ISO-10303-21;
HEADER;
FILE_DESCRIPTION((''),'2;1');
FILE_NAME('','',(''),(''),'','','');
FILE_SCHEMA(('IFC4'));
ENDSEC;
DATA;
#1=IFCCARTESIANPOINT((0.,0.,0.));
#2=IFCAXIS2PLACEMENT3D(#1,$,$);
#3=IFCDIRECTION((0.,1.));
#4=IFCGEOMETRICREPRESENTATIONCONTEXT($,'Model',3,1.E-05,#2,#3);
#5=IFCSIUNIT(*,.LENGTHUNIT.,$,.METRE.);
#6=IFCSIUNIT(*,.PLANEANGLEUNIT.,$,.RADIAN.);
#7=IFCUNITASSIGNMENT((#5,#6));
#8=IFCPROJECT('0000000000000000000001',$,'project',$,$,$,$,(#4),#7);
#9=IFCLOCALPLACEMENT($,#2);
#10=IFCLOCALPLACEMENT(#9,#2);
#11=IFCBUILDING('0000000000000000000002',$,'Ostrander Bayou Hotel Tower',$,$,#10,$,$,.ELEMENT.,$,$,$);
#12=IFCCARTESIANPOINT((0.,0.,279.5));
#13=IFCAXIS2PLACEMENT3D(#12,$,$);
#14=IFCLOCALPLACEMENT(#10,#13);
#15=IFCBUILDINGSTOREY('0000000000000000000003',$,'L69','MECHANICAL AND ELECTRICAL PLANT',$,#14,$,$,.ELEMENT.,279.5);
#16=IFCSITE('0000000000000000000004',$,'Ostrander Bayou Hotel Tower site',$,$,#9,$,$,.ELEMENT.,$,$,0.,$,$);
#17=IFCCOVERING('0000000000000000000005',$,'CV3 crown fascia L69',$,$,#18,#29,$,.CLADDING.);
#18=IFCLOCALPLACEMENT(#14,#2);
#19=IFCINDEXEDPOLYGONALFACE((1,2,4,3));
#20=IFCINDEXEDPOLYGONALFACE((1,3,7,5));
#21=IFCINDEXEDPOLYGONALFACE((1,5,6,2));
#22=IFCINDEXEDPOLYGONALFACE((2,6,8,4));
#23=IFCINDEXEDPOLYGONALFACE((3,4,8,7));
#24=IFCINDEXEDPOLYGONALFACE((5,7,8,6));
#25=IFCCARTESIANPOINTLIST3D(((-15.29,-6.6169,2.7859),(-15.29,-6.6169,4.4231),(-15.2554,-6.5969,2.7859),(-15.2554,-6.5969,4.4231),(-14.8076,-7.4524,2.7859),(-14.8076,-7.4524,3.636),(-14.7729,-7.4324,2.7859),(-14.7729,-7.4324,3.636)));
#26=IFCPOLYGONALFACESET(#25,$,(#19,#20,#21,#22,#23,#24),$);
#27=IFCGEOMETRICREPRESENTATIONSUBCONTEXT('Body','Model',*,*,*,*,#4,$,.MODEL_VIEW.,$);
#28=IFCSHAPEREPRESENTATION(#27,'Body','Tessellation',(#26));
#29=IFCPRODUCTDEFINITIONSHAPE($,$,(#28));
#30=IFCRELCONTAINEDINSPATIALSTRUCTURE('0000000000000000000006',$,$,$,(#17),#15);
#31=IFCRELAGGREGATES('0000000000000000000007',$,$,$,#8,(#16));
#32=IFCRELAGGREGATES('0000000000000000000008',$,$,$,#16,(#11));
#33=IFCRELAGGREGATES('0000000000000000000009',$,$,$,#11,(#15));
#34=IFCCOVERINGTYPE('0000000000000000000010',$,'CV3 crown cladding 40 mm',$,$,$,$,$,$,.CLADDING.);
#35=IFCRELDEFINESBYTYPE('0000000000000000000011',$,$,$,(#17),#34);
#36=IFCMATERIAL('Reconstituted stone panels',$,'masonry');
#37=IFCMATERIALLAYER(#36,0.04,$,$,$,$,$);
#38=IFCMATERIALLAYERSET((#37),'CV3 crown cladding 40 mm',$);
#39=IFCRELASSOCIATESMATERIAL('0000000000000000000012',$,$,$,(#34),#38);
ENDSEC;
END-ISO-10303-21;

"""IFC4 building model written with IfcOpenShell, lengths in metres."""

from ifc_helpers import new_model, si_unit, direction, frame, origin, place, context, subcontext, project, spatial, polyline, outline, extrude, material, layer, layer_set, type_object, element, save


model = new_model("IFC4")

# Units and contexts
model_context = context("Model", 3, precision=1e-05, world=origin(), true_north=direction((0.0, 1.0)))
body_context = subcontext(model_context, "Body", "Model", "MODEL_VIEW")
ifc_project = project(units=[si_unit("LENGTHUNIT", "METRE"), si_unit("PLANEANGLEUNIT", "RADIAN")], contexts=[model_context])

# Site, building, storey
site_placement = place(None, origin())
site = spatial("IfcSite", under=ifc_project, at=site_placement, Name="Ostrander Bayou Hotel Tower site", CompositionType="ELEMENT", RefElevation=0.0)
building_placement = place(site_placement, origin())
building = spatial("IfcBuilding", under=site, at=building_placement, Name="Ostrander Bayou Hotel Tower", CompositionType="ELEMENT")
storey_placement = place(building_placement, frame((0.0, 0.0, 279.5)))
storey = spatial("IfcBuildingStorey", under=building, at=storey_placement, Name="L69", Description="MECHANICAL AND ELECTRICAL PLANT", CompositionType="ELEMENT", Elevation=279.5)

# Covering
ifc_material_1 = material(Name="Reconstituted stone panels", Category="masonry")
ifc_layer_1 = layer(ifc_material_1, 0.04)
ifc_layer_set_1 = layer_set([ifc_layer_1], Name="CV3 crown cladding 40 mm")
covering_type = type_object("IfcCoveringType", Name="CV3 crown cladding 40 mm", PredefinedType="CLADDING", material=ifc_layer_set_1)
covering_1_placement = place(storey_placement, frame((-15.29, -6.6169, 2.7859), z_axis=(-0.865992, -0.500058, 0.0), x_axis=(0.500058, -0.865992, 0.0)))
element("IfcCovering", 1, at=covering_1_placement, inside=storey, type_object=covering_type, Name="CV3 crown fascia L69", PredefinedType="CLADDING", context=body_context, shape_type="SweptSolid", body=[
    extrude(outline(polyline([(0.0, 0.0), (0.9647, 0.0), (0.9647, 0.8501), (0.0, 1.6372), (0.0, 0.0)])), origin(), (0.0, 0.0, -1.0), 0.04),
])

save(model, "model.ifc")
